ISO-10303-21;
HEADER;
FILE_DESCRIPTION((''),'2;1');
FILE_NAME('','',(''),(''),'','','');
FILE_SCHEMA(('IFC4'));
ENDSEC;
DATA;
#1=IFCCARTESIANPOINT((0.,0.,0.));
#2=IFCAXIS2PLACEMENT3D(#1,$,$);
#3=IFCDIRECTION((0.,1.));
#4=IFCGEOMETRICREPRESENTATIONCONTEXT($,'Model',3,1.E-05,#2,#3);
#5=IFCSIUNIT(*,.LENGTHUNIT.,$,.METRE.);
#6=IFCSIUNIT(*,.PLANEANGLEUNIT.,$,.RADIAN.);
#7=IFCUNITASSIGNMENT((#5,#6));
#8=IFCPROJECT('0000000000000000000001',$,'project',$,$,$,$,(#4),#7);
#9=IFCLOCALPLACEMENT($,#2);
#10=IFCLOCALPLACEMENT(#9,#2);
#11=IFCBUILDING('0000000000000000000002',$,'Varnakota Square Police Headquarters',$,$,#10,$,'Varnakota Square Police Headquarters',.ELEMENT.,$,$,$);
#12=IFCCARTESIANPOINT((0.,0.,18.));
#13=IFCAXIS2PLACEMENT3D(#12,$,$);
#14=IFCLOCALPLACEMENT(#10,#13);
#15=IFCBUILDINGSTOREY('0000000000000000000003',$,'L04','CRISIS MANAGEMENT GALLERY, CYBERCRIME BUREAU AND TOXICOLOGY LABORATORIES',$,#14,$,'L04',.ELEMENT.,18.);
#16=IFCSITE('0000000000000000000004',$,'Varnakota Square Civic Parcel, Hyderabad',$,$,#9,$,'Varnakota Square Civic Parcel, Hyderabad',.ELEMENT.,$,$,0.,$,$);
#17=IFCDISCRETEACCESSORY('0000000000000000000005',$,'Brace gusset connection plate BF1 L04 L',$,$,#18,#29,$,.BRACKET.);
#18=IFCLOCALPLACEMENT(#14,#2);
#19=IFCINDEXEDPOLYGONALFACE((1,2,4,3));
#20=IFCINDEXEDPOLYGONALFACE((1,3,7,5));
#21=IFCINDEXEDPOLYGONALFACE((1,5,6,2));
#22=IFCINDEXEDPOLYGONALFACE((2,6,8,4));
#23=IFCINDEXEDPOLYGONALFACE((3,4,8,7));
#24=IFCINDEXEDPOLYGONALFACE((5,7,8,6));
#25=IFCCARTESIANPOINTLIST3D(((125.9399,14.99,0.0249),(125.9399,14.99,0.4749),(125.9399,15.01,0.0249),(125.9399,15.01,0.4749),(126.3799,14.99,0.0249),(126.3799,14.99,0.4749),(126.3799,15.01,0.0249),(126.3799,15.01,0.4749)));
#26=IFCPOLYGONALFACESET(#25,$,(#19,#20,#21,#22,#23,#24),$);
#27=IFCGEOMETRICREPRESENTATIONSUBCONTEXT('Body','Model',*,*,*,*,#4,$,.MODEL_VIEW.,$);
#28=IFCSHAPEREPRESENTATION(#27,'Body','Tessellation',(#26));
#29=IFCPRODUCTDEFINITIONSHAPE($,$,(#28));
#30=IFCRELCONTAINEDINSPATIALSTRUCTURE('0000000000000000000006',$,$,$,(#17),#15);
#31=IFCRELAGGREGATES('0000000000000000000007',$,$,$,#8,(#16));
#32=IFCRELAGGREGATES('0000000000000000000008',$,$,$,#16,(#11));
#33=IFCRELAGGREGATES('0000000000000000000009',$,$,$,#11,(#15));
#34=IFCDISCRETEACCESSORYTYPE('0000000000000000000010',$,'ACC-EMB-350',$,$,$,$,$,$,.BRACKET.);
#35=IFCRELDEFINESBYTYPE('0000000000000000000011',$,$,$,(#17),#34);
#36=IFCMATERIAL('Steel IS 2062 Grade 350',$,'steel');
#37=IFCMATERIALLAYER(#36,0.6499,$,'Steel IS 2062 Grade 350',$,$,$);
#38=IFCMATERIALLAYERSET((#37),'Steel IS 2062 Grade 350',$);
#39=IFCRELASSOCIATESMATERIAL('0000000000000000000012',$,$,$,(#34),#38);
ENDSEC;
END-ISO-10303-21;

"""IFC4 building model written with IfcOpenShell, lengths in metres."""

from ifc_helpers import new_model, si_unit, direction, frame, origin, origin_2d, place, context, subcontext, project, spatial, rectangle, extrude, material, layer, layer_set, type_object, element, save


model = new_model("IFC4")

# Units and contexts
model_context = context("Model", 3, precision=1e-05, world=origin(), true_north=direction((0.0, 1.0)))
body_context = subcontext(model_context, "Body", "Model", "MODEL_VIEW")
ifc_project = project(units=[si_unit("LENGTHUNIT", "METRE"), si_unit("PLANEANGLEUNIT", "RADIAN")], contexts=[model_context])

# Site, building, storey
site_placement = place(None, origin())
site = spatial("IfcSite", under=ifc_project, at=site_placement, Name="Varnakota Square Civic Parcel, Hyderabad", LongName="Varnakota Square Civic Parcel, Hyderabad", CompositionType="ELEMENT", RefElevation=0.0)
building_placement = place(site_placement, origin())
building = spatial("IfcBuilding", under=site, at=building_placement, Name="Varnakota Square Police Headquarters", LongName="Varnakota Square Police Headquarters", CompositionType="ELEMENT")
storey_placement = place(building_placement, frame((0.0, 0.0, 18.0)))
storey = spatial("IfcBuildingStorey", under=building, at=storey_placement, Name="L04", Description="CRISIS MANAGEMENT GALLERY, CYBERCRIME BUREAU AND TOXICOLOGY LABORATORIES", LongName="L04", CompositionType="ELEMENT", Elevation=18.0)

# Shared definitions
ifc_material_1 = material(Name="Steel IS 2062 Grade 350", Category="steel")

# Discrete accessory
ifc_layer_1 = layer(ifc_material_1, 0.6499, Name="Steel IS 2062 Grade 350")
ifc_layer_set_1 = layer_set([ifc_layer_1], Name="Steel IS 2062 Grade 350")
discrete_accessory_type = type_object("IfcDiscreteAccessoryType", Name="ACC-EMB-350", PredefinedType="BRACKET", material=ifc_layer_set_1)
discrete_accessory_placement = place(storey_placement, frame((126.1599, 15.0, 0.0249), z_axis=(0.0, 0.0, 1.0), x_axis=(1.0, 0.0, 0.0)))
element("IfcDiscreteAccessory", 1, at=discrete_accessory_placement, inside=storey, type_object=discrete_accessory_type, Name="Brace gusset connection plate BF1 L04 L", PredefinedType="BRACKET", context=body_context, shape_type="SweptSolid", body=[
    extrude(rectangle(XDim=0.4399, YDim=0.02, at=origin_2d()), origin(), (0.0, 0.0, 1.0), 0.45),
])

save(model, "model.ifc")
